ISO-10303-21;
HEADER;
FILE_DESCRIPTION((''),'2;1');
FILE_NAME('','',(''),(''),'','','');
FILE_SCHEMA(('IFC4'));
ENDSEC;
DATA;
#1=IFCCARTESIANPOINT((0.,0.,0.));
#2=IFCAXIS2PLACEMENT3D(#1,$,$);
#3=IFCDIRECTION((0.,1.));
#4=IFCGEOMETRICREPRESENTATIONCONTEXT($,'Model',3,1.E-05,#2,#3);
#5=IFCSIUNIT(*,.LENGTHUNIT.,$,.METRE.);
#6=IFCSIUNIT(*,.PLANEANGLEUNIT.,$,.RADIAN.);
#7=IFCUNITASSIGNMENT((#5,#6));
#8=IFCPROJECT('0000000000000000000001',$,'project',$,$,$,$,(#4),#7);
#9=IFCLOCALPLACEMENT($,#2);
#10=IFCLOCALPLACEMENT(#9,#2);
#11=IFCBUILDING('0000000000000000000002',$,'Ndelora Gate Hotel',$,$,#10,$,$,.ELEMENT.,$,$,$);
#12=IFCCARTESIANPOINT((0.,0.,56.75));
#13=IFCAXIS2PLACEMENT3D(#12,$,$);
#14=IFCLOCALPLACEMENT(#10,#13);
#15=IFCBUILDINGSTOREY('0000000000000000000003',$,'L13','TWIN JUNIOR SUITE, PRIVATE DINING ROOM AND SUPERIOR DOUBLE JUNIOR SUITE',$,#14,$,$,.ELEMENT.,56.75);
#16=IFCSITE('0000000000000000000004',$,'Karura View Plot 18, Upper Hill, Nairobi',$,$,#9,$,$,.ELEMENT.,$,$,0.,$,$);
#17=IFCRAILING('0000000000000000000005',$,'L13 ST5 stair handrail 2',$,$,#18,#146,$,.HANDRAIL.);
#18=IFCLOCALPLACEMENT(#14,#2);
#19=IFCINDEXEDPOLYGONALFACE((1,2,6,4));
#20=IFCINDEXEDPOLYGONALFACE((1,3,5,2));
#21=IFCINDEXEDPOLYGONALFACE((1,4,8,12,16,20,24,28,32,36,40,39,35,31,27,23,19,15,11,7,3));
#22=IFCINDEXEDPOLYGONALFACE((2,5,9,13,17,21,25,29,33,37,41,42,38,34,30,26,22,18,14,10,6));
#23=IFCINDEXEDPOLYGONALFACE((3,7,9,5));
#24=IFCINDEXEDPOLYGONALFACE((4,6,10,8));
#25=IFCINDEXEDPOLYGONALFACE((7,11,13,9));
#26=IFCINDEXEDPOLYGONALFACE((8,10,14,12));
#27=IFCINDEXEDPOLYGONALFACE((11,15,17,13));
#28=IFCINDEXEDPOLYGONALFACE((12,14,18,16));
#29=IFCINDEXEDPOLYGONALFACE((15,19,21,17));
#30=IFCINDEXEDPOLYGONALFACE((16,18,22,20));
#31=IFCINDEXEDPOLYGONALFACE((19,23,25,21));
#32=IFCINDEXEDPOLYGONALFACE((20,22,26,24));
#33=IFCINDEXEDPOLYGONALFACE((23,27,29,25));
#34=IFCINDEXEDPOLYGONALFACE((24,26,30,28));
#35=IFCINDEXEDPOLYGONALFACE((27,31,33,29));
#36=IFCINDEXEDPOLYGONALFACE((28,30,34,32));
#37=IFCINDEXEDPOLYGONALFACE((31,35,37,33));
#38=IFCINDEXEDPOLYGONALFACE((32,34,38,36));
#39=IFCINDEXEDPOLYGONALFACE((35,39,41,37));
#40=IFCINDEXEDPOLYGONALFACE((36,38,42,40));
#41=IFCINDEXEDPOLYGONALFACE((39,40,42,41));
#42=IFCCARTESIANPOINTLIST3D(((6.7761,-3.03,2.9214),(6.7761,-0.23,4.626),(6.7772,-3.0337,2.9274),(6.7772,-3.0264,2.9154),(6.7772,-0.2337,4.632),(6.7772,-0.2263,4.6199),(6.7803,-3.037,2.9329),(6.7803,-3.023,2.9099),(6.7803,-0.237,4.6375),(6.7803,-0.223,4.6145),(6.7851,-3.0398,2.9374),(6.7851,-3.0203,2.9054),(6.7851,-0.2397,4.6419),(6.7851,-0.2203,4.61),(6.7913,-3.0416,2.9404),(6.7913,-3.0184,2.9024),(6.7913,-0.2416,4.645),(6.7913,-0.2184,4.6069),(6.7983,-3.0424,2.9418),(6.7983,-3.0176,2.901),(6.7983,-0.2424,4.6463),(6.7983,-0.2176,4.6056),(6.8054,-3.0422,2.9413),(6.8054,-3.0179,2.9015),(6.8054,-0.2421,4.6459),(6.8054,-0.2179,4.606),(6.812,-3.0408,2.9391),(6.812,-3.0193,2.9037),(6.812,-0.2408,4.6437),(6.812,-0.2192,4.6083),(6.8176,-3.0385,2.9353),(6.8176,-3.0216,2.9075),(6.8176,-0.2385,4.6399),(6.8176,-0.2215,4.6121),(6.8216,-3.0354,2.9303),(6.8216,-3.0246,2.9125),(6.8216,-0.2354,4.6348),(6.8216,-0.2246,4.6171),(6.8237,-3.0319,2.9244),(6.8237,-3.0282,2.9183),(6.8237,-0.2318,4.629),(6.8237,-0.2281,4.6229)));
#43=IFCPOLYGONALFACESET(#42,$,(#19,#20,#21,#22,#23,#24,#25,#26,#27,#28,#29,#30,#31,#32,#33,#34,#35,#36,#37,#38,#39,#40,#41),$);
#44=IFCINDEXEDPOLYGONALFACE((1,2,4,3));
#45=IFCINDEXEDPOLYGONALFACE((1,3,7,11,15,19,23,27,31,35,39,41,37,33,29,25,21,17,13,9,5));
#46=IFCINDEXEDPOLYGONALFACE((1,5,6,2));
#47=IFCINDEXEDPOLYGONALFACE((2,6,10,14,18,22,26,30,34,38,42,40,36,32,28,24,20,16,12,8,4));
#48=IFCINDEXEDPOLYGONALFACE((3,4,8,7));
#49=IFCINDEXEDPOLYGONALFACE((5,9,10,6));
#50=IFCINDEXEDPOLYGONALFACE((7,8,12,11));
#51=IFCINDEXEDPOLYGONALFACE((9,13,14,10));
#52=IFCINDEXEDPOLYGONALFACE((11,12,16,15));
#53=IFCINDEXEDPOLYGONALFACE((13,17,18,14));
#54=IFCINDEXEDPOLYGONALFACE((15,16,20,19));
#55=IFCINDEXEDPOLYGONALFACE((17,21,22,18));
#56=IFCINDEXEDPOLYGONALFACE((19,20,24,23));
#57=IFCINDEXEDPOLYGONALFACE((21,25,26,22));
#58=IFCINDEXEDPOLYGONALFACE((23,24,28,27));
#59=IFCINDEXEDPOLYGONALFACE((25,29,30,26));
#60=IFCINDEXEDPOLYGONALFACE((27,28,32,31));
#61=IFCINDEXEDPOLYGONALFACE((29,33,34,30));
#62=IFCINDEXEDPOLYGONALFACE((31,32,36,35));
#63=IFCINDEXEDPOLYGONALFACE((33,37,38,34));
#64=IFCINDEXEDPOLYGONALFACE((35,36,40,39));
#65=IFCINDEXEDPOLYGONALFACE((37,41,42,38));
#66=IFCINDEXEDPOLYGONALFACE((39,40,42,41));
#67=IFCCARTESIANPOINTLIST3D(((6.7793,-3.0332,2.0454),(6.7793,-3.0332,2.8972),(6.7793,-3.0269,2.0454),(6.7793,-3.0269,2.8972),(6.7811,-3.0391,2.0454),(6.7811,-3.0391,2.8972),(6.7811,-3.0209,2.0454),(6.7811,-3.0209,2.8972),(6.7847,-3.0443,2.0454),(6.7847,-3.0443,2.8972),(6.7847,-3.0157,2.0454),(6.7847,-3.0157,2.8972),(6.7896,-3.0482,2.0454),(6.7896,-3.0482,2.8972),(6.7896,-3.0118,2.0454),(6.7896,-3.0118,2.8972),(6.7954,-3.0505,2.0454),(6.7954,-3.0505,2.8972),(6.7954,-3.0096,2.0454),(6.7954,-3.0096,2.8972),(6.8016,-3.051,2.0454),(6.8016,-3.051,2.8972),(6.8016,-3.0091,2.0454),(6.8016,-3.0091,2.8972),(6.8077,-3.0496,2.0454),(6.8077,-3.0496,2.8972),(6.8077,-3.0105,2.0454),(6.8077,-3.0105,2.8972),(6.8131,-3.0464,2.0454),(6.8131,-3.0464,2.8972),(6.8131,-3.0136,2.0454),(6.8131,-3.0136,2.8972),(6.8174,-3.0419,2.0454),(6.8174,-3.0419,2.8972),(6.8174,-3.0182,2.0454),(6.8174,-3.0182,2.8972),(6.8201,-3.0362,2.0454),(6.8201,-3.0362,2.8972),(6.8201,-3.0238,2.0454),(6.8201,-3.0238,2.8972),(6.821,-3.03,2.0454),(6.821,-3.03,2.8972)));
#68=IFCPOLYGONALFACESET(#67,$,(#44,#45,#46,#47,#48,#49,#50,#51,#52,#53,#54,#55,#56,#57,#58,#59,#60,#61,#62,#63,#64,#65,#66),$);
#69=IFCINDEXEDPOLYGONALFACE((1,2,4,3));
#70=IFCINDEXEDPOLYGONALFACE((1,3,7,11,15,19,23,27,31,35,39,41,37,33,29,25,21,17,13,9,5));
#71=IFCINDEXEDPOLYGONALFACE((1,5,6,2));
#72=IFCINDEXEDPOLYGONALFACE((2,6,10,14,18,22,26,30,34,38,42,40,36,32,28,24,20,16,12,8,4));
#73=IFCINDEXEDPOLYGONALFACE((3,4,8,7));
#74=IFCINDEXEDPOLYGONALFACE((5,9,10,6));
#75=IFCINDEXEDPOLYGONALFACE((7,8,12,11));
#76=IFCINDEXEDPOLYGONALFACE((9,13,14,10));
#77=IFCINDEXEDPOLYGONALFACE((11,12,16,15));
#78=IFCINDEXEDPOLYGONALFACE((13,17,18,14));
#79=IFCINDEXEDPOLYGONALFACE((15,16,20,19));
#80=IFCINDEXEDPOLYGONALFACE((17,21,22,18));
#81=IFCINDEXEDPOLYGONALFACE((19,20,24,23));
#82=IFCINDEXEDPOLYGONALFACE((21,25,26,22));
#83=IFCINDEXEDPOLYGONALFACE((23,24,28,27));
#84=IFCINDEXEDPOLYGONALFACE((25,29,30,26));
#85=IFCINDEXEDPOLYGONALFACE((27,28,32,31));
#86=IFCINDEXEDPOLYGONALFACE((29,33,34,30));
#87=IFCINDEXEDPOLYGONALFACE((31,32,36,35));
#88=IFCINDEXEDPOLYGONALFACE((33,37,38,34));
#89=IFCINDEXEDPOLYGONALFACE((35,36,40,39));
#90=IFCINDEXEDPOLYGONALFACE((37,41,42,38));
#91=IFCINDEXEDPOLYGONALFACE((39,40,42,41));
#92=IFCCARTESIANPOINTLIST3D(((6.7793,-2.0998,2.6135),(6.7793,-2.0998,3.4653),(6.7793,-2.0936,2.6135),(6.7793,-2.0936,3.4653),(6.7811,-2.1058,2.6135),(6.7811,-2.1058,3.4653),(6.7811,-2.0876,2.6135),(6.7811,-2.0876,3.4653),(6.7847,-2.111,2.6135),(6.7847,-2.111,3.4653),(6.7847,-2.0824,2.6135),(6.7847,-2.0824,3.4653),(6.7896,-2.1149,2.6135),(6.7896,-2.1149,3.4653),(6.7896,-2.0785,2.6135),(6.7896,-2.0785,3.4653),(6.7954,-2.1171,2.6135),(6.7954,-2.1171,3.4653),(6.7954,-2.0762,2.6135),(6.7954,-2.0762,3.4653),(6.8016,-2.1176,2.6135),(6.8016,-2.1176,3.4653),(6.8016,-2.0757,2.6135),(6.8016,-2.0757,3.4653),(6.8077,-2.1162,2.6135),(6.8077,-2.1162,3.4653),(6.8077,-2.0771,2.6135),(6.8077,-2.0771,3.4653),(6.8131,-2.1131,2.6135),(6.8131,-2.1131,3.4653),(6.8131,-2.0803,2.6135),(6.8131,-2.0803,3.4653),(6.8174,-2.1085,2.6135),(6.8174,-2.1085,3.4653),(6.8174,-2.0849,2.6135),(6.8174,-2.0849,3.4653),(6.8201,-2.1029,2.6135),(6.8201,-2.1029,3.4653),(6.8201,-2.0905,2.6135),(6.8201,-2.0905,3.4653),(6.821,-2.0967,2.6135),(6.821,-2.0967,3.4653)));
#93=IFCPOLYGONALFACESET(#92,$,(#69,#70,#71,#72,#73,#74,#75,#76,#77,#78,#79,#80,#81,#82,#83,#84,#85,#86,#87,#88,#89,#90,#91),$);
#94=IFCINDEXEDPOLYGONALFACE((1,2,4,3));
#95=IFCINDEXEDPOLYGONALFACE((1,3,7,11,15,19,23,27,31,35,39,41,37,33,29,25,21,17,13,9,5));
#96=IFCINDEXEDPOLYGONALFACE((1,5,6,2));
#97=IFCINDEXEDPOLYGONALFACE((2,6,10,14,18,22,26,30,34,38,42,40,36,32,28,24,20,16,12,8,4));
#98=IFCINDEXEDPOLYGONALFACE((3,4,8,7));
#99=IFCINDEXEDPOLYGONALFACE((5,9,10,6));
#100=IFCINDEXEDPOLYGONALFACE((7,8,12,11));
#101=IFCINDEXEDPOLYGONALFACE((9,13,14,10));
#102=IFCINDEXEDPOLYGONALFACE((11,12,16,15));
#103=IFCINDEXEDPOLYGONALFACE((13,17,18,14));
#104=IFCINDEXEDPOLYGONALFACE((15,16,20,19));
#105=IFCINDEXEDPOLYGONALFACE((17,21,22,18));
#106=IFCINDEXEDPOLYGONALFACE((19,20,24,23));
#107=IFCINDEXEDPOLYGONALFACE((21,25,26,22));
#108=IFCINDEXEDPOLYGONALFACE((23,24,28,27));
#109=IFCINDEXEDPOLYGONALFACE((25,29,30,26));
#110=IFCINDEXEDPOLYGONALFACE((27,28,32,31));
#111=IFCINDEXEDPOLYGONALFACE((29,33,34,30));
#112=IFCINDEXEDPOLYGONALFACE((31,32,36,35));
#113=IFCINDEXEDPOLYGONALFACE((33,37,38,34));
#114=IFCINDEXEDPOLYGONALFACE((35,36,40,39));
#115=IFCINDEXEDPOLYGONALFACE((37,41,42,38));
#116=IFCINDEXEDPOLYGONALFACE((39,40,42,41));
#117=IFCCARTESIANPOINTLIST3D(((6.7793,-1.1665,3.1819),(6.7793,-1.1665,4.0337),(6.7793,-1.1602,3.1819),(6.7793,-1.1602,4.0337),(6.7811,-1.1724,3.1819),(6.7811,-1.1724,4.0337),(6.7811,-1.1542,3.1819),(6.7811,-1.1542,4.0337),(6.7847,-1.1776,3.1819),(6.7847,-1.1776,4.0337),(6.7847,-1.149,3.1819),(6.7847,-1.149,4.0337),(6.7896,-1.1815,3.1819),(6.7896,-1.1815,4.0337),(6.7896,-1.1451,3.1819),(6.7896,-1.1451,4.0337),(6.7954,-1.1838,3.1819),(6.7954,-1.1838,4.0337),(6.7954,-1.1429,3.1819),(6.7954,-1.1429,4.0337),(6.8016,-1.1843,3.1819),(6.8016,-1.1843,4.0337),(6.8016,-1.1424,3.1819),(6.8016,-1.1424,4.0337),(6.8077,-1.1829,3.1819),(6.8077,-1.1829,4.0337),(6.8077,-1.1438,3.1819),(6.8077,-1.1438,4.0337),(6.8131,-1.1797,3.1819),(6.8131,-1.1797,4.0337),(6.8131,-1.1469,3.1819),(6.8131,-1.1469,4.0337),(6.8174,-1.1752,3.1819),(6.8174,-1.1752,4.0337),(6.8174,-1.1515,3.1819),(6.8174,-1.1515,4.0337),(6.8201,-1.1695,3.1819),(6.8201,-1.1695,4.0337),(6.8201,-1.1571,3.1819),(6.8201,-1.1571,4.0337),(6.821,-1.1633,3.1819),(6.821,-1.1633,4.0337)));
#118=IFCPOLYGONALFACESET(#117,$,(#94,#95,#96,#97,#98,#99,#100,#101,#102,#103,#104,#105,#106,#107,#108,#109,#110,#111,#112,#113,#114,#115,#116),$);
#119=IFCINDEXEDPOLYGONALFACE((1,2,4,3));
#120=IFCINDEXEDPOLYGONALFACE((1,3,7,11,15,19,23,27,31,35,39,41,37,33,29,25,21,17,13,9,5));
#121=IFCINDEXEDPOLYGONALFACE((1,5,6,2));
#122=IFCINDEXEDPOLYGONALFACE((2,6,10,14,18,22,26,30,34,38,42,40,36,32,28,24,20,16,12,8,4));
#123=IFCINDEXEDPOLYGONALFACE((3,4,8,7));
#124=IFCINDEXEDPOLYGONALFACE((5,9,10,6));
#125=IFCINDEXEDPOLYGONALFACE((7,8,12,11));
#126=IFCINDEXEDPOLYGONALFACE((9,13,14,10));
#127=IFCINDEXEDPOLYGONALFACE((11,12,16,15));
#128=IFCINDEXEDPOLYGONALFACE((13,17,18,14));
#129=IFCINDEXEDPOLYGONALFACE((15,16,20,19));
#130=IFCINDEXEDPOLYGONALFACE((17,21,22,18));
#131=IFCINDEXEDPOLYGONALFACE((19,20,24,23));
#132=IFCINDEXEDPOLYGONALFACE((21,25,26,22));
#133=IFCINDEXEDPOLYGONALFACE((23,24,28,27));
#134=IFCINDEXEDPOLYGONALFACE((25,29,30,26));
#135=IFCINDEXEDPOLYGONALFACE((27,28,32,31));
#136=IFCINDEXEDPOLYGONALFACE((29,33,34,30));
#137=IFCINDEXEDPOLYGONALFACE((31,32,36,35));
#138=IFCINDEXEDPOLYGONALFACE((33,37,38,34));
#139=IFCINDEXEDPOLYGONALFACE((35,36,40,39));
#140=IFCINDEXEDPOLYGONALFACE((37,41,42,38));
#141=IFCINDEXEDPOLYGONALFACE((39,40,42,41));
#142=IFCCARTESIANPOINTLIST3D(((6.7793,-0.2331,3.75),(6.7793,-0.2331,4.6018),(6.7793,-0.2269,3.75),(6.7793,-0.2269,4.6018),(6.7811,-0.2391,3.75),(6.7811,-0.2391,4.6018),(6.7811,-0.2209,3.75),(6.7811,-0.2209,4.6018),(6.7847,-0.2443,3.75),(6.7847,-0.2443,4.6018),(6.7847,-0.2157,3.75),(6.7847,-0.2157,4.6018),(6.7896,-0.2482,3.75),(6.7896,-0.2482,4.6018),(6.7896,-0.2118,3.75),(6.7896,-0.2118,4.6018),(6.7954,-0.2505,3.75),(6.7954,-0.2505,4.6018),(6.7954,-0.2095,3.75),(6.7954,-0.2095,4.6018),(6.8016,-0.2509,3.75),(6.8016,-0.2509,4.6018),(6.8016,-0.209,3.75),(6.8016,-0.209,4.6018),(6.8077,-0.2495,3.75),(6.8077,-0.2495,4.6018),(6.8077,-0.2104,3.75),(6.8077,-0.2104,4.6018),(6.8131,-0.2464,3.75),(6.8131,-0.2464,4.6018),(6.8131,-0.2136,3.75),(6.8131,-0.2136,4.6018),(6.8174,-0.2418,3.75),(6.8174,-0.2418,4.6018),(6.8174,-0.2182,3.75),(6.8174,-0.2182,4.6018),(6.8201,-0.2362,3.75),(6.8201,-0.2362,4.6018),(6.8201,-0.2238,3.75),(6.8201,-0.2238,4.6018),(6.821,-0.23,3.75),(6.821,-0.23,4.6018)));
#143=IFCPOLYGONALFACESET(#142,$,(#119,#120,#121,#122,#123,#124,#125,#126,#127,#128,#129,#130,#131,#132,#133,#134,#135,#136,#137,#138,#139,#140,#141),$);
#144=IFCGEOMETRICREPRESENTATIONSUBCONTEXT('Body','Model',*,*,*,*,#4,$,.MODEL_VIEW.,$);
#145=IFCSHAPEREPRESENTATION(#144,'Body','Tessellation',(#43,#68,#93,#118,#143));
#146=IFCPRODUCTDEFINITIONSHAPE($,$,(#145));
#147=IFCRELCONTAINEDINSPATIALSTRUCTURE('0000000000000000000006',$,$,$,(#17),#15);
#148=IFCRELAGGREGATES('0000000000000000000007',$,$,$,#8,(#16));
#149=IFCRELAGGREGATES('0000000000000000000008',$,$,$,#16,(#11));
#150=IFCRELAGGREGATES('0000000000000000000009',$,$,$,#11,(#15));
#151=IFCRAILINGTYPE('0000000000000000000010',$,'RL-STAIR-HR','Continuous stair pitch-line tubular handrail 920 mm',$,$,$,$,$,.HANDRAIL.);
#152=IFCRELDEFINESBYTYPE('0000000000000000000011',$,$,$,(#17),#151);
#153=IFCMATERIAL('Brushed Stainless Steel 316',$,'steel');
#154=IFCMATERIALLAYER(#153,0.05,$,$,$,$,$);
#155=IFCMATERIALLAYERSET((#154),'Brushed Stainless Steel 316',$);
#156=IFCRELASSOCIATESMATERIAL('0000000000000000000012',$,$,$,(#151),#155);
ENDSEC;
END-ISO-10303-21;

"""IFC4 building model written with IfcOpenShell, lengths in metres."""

from ifc_helpers import new_model, si_unit, direction, frame, origin, origin_2d, place, context, subcontext, project, spatial, circle, extrude, material, layer, layer_set, type_object, element, save


model = new_model("IFC4")

# Units and contexts
model_context = context("Model", 3, precision=1e-05, world=origin(), true_north=direction((0.0, 1.0)))
body_context = subcontext(model_context, "Body", "Model", "MODEL_VIEW")
ifc_project = project(units=[si_unit("LENGTHUNIT", "METRE"), si_unit("PLANEANGLEUNIT", "RADIAN")], contexts=[model_context])

# Site, building, storey
site_placement = place(None, origin())
site = spatial("IfcSite", under=ifc_project, at=site_placement, Name="Karura View Plot 18, Upper Hill, Nairobi", CompositionType="ELEMENT", RefElevation=0.0)
building_placement = place(site_placement, origin())
building = spatial("IfcBuilding", under=site, at=building_placement, Name="Ndelora Gate Hotel", CompositionType="ELEMENT")
storey_placement = place(building_placement, frame((0.0, 0.0, 56.75)))
storey = spatial("IfcBuildingStorey", under=building, at=storey_placement, Name="L13", Description="TWIN JUNIOR SUITE, PRIVATE DINING ROOM AND SUPERIOR DOUBLE JUNIOR SUITE", CompositionType="ELEMENT", Elevation=56.75)

# Railing
ifc_material_1 = material(Name="Brushed Stainless Steel 316", Category="steel")
ifc_layer_1 = layer(ifc_material_1, 0.05)
ifc_layer_set_1 = layer_set([ifc_layer_1], Name="Brushed Stainless Steel 316")
railing_type_1 = type_object("IfcRailingType", Name="RL-STAIR-HR", Description="Continuous stair pitch-line tubular handrail 920 mm", PredefinedType="HANDRAIL", material=ifc_layer_set_1)
railing_1_placement = place(storey_placement, frame((6.8, -3.03, 2.0454)))
element("IfcRailing", 1, at=railing_1_placement, inside=storey, type_object=railing_type_1, Name="L13 ST5 stair handrail 2", PredefinedType="HANDRAIL", context=body_context, shape_type="SweptSolid", body=[
    extrude(circle(Radius=0.0239, at=origin_2d()), frame((0.0, 0.0, 0.876), z_axis=(0.0, 0.85417, 0.519994), x_axis=(-1.0, 0.0, 0.0)), (0.0, 0.0, 1.0), 3.2781),
    extrude(circle(Radius=0.021, at=origin_2d()), origin(), (0.0, 0.0, 1.0), 0.8518),
    extrude(circle(Radius=0.021, at=origin_2d()), frame((0.0, 0.9333, 0.5681)), (0.0, 0.0, 1.0), 0.8518),
    extrude(circle(Radius=0.021, at=origin_2d()), frame((0.0, 1.8667, 1.1365)), (0.0, 0.0, 1.0), 0.8518),
    extrude(circle(Radius=0.021, at=origin_2d()), frame((0.0, 2.8, 1.7046)), (0.0, 0.0, 1.0), 0.8518),
])

save(model, "model.ifc")
